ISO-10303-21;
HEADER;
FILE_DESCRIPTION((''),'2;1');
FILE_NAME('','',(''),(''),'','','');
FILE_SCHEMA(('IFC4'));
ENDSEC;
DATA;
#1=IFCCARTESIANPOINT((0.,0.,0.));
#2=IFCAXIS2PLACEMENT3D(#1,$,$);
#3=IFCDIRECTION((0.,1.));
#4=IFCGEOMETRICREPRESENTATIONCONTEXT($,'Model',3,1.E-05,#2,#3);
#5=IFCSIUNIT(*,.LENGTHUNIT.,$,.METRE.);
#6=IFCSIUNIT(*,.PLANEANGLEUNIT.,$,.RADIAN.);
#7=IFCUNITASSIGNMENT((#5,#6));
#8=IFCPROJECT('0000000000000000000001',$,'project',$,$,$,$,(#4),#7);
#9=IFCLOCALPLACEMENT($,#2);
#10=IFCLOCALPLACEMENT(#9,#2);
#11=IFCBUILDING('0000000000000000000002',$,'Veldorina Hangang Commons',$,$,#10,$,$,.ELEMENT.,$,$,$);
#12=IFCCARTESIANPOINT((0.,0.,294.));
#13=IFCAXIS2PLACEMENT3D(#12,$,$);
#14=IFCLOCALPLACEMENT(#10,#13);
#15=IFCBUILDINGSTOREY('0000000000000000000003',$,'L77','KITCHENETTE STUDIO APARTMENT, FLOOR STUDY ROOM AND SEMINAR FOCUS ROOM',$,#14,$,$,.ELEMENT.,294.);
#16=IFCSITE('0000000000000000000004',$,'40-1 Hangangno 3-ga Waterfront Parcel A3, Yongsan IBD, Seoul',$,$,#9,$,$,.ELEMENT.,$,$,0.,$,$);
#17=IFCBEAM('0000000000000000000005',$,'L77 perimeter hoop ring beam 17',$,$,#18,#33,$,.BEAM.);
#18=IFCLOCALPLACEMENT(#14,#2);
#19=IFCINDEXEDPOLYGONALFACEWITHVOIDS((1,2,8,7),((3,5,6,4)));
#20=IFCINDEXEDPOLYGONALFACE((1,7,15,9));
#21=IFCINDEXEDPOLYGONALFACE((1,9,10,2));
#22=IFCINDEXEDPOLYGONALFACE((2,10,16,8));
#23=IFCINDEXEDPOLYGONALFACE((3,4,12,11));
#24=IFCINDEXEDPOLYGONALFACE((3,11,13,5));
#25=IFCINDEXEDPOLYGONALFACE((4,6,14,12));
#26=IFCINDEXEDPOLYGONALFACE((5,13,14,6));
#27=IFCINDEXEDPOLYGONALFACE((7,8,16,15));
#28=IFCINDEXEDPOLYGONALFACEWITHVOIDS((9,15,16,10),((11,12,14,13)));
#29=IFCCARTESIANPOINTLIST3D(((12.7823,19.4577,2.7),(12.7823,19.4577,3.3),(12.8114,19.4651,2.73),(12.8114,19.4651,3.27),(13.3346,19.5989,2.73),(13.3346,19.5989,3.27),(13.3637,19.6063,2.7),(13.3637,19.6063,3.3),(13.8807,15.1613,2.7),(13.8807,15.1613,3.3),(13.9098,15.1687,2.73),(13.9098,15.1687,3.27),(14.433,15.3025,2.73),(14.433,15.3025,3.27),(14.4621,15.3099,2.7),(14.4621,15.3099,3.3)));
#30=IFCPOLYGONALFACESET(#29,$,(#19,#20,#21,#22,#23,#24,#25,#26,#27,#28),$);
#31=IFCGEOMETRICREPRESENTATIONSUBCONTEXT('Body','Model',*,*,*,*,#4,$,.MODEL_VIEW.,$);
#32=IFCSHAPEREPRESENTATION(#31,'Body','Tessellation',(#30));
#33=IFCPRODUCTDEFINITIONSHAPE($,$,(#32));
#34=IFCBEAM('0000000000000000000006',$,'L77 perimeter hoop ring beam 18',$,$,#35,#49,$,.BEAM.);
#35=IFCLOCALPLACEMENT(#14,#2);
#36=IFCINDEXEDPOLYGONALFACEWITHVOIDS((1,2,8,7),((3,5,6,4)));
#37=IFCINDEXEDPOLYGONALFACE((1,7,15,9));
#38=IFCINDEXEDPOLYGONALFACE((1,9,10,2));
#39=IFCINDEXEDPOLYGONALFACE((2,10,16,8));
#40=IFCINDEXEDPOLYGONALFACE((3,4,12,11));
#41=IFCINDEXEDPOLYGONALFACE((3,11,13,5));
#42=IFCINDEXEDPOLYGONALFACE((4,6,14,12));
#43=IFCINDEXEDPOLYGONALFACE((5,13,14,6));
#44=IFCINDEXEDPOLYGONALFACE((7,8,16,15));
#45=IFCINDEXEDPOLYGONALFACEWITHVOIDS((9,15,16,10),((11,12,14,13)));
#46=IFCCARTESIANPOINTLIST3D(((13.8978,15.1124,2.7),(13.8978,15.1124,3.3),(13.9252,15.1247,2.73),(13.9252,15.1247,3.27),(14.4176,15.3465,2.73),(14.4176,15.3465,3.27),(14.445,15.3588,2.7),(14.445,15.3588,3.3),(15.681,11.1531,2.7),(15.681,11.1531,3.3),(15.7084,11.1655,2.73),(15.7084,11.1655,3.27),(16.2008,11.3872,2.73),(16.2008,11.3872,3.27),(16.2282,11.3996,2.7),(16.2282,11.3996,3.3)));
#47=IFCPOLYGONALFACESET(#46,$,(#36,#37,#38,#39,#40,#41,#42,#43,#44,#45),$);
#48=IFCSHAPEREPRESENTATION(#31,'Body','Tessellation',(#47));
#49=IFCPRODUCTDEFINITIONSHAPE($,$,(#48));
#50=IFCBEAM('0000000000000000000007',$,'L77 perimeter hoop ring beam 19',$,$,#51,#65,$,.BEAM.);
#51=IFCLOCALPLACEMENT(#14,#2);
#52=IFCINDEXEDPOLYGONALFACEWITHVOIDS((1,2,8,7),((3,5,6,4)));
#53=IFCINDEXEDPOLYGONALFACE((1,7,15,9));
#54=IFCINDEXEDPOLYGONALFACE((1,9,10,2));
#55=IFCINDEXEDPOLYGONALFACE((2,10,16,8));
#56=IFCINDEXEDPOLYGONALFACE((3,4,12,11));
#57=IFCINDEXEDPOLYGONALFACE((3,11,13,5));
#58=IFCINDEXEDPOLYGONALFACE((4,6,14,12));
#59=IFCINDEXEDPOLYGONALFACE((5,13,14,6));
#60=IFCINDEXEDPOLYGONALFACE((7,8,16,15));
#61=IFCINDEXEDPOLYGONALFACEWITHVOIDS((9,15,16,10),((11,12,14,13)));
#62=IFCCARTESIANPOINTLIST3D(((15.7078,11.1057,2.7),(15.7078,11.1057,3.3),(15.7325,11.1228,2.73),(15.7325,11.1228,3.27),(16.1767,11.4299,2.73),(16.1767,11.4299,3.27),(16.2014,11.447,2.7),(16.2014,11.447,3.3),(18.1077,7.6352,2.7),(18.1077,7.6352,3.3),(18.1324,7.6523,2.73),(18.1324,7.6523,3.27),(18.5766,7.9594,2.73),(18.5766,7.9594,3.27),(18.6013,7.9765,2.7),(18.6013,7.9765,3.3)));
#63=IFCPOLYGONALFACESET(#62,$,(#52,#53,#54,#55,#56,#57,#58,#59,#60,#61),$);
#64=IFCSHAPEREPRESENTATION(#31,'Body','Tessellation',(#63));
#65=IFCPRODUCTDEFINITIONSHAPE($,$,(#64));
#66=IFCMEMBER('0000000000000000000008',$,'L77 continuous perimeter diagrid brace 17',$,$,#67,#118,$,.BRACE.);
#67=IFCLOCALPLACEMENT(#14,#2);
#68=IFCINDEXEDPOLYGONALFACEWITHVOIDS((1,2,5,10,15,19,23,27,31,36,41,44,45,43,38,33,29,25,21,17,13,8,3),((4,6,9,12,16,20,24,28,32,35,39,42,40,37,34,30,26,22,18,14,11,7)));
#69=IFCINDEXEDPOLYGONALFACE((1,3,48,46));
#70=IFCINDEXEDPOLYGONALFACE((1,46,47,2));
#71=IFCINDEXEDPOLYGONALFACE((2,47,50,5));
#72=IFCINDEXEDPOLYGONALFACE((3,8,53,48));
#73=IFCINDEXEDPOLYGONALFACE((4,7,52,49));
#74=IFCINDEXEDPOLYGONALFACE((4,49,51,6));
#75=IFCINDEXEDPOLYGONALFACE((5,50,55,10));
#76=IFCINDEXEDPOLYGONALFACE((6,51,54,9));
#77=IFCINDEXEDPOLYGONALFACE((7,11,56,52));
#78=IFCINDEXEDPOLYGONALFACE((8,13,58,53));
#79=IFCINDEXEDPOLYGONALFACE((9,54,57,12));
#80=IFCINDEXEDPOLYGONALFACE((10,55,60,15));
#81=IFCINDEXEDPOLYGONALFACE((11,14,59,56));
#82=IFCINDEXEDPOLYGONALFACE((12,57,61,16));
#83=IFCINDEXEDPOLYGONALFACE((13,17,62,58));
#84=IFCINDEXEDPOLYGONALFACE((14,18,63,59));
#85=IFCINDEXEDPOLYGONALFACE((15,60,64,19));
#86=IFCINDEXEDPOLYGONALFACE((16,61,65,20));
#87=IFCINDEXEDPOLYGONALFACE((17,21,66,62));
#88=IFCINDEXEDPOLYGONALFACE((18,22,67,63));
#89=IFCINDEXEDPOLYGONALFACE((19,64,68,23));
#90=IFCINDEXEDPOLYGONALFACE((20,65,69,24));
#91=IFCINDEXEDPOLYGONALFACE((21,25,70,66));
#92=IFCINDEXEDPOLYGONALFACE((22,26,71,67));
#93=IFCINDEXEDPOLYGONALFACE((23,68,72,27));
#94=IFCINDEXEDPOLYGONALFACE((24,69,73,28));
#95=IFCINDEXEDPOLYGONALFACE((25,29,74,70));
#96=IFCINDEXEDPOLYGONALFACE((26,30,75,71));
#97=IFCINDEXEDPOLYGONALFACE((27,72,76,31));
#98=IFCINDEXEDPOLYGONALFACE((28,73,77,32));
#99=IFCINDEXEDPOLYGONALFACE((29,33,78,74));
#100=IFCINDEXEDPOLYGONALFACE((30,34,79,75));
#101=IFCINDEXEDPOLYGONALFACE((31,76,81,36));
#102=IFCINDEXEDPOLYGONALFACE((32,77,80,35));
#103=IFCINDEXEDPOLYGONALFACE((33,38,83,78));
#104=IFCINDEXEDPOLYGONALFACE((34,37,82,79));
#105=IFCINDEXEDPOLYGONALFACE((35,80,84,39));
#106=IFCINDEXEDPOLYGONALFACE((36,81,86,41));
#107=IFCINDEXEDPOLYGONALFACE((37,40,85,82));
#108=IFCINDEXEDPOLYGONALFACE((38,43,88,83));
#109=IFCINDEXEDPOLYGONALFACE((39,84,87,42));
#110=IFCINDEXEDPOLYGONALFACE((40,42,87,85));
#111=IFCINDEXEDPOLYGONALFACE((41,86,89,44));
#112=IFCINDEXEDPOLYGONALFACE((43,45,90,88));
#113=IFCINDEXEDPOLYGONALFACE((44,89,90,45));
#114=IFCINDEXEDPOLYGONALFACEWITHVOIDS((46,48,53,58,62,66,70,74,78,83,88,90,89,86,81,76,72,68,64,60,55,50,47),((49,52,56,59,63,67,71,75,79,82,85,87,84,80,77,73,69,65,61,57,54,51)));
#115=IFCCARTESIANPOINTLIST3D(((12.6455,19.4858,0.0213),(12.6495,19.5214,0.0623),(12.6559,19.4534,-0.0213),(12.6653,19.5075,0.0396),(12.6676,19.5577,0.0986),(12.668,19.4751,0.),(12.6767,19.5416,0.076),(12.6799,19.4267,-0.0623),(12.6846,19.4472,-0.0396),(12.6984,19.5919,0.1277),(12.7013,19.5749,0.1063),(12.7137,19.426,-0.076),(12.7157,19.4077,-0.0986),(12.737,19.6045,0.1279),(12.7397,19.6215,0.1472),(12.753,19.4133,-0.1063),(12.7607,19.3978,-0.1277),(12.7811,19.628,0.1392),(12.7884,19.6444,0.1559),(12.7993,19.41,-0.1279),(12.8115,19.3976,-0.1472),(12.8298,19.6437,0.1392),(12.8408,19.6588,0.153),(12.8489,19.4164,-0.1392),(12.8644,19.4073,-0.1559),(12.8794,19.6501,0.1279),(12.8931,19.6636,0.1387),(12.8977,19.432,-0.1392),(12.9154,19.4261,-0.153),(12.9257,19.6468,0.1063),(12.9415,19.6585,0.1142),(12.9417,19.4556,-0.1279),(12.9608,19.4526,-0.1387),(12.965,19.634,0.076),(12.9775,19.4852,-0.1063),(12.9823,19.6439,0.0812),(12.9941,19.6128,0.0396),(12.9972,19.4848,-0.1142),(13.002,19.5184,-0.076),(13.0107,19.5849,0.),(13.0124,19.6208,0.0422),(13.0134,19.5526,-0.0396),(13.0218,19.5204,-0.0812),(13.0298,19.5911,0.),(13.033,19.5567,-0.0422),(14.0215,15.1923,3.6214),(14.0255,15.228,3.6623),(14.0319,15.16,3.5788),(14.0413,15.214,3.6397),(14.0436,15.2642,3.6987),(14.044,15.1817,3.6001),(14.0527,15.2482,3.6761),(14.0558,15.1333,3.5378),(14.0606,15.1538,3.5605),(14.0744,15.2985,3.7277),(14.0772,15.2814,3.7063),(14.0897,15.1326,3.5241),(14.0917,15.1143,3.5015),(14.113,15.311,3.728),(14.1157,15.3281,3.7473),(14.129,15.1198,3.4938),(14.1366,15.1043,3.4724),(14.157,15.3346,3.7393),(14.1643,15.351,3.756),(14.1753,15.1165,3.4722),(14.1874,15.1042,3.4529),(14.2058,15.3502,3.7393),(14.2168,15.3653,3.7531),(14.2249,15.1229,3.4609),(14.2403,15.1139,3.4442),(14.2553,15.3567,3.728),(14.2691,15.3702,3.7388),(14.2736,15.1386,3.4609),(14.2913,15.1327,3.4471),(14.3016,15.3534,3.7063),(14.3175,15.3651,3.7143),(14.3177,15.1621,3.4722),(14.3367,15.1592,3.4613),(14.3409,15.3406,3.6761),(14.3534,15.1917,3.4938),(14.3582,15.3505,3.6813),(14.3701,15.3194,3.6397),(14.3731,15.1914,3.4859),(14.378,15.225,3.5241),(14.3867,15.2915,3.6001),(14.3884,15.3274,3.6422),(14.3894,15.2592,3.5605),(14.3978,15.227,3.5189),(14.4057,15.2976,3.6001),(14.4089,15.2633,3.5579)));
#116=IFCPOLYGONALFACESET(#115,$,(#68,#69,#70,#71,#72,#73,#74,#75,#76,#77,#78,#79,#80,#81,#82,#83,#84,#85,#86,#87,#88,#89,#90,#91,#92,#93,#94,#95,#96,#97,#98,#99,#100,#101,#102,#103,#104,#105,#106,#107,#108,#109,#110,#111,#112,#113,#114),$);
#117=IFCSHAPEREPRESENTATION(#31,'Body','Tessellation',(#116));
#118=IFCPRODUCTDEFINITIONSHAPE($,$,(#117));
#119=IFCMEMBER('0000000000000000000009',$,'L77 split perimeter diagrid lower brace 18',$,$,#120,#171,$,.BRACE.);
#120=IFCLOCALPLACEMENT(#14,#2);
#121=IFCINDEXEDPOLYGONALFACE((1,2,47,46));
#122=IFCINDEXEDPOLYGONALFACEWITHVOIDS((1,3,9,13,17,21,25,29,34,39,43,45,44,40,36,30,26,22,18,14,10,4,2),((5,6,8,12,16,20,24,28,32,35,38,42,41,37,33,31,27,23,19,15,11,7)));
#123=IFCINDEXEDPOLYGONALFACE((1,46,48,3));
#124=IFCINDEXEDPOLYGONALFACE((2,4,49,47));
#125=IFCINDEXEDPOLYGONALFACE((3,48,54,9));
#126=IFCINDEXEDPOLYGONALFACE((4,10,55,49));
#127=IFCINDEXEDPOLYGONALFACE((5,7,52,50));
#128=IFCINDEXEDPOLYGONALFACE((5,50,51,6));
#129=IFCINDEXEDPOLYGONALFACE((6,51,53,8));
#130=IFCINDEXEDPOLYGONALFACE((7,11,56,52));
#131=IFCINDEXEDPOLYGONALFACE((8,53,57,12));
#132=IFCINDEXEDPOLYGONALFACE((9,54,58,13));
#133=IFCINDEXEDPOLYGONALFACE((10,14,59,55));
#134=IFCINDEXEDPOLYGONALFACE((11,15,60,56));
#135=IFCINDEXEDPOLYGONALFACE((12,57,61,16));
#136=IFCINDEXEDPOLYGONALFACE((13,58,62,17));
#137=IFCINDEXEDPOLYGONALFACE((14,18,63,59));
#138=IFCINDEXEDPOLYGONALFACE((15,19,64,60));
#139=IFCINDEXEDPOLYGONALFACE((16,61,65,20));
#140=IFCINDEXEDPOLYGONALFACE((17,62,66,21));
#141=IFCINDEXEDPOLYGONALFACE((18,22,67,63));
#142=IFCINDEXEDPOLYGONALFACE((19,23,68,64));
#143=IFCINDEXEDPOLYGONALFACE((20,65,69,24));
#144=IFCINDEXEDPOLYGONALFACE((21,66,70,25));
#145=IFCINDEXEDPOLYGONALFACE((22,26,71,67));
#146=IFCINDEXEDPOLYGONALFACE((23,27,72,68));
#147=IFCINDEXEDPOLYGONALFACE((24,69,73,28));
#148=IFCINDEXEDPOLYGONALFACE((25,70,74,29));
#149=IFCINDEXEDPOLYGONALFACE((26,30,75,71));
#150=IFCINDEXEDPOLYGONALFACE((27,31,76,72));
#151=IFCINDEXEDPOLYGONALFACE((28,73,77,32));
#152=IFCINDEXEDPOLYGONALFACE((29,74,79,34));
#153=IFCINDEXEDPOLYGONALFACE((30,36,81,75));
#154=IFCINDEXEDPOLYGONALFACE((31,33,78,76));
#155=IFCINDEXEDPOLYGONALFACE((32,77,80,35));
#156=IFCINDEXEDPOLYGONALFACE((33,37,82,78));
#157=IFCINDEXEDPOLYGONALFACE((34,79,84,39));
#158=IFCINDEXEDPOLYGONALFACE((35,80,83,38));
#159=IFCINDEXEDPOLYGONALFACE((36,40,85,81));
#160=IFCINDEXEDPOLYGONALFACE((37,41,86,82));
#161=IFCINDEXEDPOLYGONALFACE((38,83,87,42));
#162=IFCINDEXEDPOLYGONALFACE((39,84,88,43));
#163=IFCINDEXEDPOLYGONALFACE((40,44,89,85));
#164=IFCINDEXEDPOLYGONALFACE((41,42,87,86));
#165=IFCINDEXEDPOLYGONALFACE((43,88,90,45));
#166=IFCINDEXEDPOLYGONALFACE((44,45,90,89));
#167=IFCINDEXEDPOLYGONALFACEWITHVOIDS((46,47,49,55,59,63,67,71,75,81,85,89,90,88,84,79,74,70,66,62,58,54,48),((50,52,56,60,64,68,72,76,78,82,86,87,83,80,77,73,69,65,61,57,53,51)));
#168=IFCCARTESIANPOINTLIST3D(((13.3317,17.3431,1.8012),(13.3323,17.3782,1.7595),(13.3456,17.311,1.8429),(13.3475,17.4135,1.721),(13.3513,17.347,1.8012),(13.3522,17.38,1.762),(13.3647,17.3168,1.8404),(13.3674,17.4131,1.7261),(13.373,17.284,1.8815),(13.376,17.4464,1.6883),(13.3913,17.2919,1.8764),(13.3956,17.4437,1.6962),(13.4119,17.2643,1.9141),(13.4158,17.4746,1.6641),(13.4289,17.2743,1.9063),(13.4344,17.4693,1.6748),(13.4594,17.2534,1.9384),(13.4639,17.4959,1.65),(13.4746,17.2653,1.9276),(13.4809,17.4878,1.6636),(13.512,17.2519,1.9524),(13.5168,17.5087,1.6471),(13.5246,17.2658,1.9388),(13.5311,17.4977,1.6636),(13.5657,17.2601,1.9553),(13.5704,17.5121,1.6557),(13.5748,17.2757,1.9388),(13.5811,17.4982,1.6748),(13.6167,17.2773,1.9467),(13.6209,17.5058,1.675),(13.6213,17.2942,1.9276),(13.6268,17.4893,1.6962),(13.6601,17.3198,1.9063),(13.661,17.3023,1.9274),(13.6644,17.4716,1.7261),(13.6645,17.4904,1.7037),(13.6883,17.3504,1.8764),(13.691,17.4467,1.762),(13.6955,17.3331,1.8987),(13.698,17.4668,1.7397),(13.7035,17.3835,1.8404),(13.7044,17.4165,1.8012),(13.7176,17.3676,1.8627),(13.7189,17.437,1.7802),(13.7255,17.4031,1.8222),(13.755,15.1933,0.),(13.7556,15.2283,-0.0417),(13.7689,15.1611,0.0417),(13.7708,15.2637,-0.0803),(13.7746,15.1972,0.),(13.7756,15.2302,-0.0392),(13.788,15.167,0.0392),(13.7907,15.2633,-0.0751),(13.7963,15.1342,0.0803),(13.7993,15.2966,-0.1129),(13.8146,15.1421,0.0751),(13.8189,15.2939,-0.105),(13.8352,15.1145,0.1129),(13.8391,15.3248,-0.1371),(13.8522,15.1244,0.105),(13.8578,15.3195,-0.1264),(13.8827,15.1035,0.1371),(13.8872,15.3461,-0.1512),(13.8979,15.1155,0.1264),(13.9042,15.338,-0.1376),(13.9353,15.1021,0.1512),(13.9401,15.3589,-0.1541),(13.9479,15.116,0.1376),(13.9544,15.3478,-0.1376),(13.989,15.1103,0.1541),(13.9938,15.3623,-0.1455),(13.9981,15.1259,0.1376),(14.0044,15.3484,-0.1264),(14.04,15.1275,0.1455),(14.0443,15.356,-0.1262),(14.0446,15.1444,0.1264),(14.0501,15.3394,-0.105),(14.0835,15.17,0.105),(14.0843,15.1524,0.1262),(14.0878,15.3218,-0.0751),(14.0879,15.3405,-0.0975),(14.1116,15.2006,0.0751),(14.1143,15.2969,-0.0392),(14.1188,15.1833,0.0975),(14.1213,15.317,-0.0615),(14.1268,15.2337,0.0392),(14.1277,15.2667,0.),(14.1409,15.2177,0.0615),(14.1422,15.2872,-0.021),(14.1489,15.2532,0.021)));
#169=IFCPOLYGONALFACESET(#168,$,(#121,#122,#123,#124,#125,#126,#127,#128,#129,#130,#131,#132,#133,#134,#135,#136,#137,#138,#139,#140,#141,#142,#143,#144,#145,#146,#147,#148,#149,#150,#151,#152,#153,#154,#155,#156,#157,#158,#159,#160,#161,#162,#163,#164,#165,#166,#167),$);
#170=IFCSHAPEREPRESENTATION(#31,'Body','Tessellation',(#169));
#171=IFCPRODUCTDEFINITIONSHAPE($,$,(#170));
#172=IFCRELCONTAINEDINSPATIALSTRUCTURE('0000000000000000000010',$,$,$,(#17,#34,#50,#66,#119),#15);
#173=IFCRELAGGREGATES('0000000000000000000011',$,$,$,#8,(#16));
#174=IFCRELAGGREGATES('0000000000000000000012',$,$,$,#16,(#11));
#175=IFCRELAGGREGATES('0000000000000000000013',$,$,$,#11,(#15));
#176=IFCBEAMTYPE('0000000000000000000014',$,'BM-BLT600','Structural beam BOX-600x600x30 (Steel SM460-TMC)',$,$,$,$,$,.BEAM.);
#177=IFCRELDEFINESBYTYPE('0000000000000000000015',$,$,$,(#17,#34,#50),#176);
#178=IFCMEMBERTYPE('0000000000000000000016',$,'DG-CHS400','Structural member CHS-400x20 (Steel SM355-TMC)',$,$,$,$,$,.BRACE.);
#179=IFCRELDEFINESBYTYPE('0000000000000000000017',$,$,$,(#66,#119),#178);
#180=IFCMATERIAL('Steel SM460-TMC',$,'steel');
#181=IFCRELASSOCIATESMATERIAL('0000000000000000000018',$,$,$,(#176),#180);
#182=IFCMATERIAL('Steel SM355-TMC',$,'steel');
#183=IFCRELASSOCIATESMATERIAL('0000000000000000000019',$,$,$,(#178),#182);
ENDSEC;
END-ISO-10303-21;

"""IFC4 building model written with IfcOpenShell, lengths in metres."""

from ifc_helpers import new_model, si_unit, direction, frame, origin, origin_2d, place, context, subcontext, project, spatial, hollow_rectangle, hollow_circle, extrude, material, material_profile, profile_set, type_object, element, save


model = new_model("IFC4")

# Units and contexts
model_context = context("Model", 3, precision=1e-05, world=origin(), true_north=direction((0.0, 1.0)))
body_context = subcontext(model_context, "Body", "Model", "MODEL_VIEW")
ifc_project = project(units=[si_unit("LENGTHUNIT", "METRE"), si_unit("PLANEANGLEUNIT", "RADIAN")], contexts=[model_context])

# Site, building, storey
site_placement = place(None, origin())
site = spatial("IfcSite", under=ifc_project, at=site_placement, Name="40-1 Hangangno 3-ga Waterfront Parcel A3, Yongsan IBD, Seoul", CompositionType="ELEMENT", RefElevation=0.0)
building_placement = place(site_placement, origin())
building = spatial("IfcBuilding", under=site, at=building_placement, Name="Veldorina Hangang Commons", CompositionType="ELEMENT")
storey_placement = place(building_placement, frame((0.0, 0.0, 294.0)))
storey = spatial("IfcBuildingStorey", under=building, at=storey_placement, Name="L77", Description="KITCHENETTE STUDIO APARTMENT, FLOOR STUDY ROOM AND SEMINAR FOCUS ROOM", CompositionType="ELEMENT", Elevation=294.0)

# Beams
ifc_material_1 = material(Name="Steel SM460-TMC", Category="steel")
ifc_material_profile_1 = material_profile(ifc_material_1, hollow_rectangle(XDim=0.6001, YDim=0.6001, WallThickness=0.03, at=origin_2d()), Name="BOX-600x600x30")
ifc_profile_set_1 = profile_set([ifc_material_profile_1], Name="Steel SM460-TMC")
beam_type = type_object("IfcBeamType", Name="BM-BLT600", Description="Structural beam BOX-600x600x30 (Steel SM460-TMC)", PredefinedType="BEAM", material=ifc_profile_set_1)
beam_1_placement = place(storey_placement, frame((13.073, 19.532, 3.0), z_axis=(0.247688, -0.96884, 0.0), x_axis=(0.96884, 0.247688, 0.0)))
element("IfcBeam", 1, at=beam_1_placement, inside=storey, type_object=beam_type, Name="L77 perimeter hoop ring beam 17", PredefinedType="BEAM", context=body_context, shape_type="SweptSolid", body=[
    extrude(hollow_rectangle(XDim=0.6001, YDim=0.6001, WallThickness=0.03, at=origin_2d()), origin(), (0.0, 0.0, 1.0), 4.4346),
])
beam_2_placement = place(storey_placement, frame((14.1714, 15.2356, 3.0), z_axis=(0.410662, -0.911788, 0.0), x_axis=(0.911788, 0.410662, 0.0)))
element("IfcBeam", 2, at=beam_2_placement, inside=storey, type_object=beam_type, Name="L77 perimeter hoop ring beam 18", PredefinedType="BEAM", context=body_context, shape_type="SweptSolid", body=[
    extrude(hollow_rectangle(XDim=0.6001, YDim=0.6001, WallThickness=0.03, at=origin_2d()), origin(), (0.0, 0.0, 1.0), 4.3423),
])
beam_3_placement = place(storey_placement, frame((15.9546, 11.2764, 3.0), z_axis=(0.568774, -0.822494, 0.0), x_axis=(0.822494, 0.568774, 0.0)))
element("IfcBeam", 3, at=beam_3_placement, inside=storey, type_object=beam_type, Name="L77 perimeter hoop ring beam 19", PredefinedType="BEAM", context=body_context, shape_type="SweptSolid", body=[
    extrude(hollow_rectangle(XDim=0.6001, YDim=0.6001, WallThickness=0.03, at=origin_2d()), origin(), (0.0, 0.0, 1.0), 4.2195),
])

# Members
ifc_material_2 = material(Name="Steel SM355-TMC", Category="steel")
ifc_material_profile_2 = material_profile(ifc_material_2, hollow_circle(Radius=0.2, WallThickness=0.02, at=origin_2d()), Name="CHS-400x20")
ifc_profile_set_2 = profile_set([ifc_material_profile_2], Name="Steel SM355-TMC")
member_type_1 = type_object("IfcMemberType", Name="DG-CHS400", Description="Structural member CHS-400x20 (Steel SM355-TMC)", PredefinedType="BRACE", material=ifc_profile_set_2)
member_1_placement = place(storey_placement, frame((12.8394, 19.53, 0.0), z_axis=(0.238489, -0.744157, 0.623982), x_axis=(0.952291, 0.305192, 0.0)))
element("IfcMember", 4, at=member_1_placement, inside=storey, type_object=member_type_1, Name="L77 continuous perimeter diagrid brace 17", PredefinedType="BRACE", context=body_context, shape_type="SweptSolid", body=[
    extrude(hollow_circle(Radius=0.2, WallThickness=0.02, at=origin_2d()), origin(), (0.0, 0.0, 1.0), 5.7695),
])
member_2_placement = place(storey_placement, frame((13.9512, 15.2319, 0.0), z_axis=(-0.149246, 0.757936, 0.635027), x_axis=(-0.981159, -0.193201, 0.0)))
element("IfcMember", 5, at=member_2_placement, inside=storey, type_object=member_type_1, Name="L77 split perimeter diagrid lower brace 18", PredefinedType="BRACE", context=body_context, shape_type="SweptSolid", body=[
    extrude(hollow_circle(Radius=0.2, WallThickness=0.02, at=origin_2d()), origin(), (0.0, 0.0, 1.0), 2.8364),
])

save(model, "model.ifc")
